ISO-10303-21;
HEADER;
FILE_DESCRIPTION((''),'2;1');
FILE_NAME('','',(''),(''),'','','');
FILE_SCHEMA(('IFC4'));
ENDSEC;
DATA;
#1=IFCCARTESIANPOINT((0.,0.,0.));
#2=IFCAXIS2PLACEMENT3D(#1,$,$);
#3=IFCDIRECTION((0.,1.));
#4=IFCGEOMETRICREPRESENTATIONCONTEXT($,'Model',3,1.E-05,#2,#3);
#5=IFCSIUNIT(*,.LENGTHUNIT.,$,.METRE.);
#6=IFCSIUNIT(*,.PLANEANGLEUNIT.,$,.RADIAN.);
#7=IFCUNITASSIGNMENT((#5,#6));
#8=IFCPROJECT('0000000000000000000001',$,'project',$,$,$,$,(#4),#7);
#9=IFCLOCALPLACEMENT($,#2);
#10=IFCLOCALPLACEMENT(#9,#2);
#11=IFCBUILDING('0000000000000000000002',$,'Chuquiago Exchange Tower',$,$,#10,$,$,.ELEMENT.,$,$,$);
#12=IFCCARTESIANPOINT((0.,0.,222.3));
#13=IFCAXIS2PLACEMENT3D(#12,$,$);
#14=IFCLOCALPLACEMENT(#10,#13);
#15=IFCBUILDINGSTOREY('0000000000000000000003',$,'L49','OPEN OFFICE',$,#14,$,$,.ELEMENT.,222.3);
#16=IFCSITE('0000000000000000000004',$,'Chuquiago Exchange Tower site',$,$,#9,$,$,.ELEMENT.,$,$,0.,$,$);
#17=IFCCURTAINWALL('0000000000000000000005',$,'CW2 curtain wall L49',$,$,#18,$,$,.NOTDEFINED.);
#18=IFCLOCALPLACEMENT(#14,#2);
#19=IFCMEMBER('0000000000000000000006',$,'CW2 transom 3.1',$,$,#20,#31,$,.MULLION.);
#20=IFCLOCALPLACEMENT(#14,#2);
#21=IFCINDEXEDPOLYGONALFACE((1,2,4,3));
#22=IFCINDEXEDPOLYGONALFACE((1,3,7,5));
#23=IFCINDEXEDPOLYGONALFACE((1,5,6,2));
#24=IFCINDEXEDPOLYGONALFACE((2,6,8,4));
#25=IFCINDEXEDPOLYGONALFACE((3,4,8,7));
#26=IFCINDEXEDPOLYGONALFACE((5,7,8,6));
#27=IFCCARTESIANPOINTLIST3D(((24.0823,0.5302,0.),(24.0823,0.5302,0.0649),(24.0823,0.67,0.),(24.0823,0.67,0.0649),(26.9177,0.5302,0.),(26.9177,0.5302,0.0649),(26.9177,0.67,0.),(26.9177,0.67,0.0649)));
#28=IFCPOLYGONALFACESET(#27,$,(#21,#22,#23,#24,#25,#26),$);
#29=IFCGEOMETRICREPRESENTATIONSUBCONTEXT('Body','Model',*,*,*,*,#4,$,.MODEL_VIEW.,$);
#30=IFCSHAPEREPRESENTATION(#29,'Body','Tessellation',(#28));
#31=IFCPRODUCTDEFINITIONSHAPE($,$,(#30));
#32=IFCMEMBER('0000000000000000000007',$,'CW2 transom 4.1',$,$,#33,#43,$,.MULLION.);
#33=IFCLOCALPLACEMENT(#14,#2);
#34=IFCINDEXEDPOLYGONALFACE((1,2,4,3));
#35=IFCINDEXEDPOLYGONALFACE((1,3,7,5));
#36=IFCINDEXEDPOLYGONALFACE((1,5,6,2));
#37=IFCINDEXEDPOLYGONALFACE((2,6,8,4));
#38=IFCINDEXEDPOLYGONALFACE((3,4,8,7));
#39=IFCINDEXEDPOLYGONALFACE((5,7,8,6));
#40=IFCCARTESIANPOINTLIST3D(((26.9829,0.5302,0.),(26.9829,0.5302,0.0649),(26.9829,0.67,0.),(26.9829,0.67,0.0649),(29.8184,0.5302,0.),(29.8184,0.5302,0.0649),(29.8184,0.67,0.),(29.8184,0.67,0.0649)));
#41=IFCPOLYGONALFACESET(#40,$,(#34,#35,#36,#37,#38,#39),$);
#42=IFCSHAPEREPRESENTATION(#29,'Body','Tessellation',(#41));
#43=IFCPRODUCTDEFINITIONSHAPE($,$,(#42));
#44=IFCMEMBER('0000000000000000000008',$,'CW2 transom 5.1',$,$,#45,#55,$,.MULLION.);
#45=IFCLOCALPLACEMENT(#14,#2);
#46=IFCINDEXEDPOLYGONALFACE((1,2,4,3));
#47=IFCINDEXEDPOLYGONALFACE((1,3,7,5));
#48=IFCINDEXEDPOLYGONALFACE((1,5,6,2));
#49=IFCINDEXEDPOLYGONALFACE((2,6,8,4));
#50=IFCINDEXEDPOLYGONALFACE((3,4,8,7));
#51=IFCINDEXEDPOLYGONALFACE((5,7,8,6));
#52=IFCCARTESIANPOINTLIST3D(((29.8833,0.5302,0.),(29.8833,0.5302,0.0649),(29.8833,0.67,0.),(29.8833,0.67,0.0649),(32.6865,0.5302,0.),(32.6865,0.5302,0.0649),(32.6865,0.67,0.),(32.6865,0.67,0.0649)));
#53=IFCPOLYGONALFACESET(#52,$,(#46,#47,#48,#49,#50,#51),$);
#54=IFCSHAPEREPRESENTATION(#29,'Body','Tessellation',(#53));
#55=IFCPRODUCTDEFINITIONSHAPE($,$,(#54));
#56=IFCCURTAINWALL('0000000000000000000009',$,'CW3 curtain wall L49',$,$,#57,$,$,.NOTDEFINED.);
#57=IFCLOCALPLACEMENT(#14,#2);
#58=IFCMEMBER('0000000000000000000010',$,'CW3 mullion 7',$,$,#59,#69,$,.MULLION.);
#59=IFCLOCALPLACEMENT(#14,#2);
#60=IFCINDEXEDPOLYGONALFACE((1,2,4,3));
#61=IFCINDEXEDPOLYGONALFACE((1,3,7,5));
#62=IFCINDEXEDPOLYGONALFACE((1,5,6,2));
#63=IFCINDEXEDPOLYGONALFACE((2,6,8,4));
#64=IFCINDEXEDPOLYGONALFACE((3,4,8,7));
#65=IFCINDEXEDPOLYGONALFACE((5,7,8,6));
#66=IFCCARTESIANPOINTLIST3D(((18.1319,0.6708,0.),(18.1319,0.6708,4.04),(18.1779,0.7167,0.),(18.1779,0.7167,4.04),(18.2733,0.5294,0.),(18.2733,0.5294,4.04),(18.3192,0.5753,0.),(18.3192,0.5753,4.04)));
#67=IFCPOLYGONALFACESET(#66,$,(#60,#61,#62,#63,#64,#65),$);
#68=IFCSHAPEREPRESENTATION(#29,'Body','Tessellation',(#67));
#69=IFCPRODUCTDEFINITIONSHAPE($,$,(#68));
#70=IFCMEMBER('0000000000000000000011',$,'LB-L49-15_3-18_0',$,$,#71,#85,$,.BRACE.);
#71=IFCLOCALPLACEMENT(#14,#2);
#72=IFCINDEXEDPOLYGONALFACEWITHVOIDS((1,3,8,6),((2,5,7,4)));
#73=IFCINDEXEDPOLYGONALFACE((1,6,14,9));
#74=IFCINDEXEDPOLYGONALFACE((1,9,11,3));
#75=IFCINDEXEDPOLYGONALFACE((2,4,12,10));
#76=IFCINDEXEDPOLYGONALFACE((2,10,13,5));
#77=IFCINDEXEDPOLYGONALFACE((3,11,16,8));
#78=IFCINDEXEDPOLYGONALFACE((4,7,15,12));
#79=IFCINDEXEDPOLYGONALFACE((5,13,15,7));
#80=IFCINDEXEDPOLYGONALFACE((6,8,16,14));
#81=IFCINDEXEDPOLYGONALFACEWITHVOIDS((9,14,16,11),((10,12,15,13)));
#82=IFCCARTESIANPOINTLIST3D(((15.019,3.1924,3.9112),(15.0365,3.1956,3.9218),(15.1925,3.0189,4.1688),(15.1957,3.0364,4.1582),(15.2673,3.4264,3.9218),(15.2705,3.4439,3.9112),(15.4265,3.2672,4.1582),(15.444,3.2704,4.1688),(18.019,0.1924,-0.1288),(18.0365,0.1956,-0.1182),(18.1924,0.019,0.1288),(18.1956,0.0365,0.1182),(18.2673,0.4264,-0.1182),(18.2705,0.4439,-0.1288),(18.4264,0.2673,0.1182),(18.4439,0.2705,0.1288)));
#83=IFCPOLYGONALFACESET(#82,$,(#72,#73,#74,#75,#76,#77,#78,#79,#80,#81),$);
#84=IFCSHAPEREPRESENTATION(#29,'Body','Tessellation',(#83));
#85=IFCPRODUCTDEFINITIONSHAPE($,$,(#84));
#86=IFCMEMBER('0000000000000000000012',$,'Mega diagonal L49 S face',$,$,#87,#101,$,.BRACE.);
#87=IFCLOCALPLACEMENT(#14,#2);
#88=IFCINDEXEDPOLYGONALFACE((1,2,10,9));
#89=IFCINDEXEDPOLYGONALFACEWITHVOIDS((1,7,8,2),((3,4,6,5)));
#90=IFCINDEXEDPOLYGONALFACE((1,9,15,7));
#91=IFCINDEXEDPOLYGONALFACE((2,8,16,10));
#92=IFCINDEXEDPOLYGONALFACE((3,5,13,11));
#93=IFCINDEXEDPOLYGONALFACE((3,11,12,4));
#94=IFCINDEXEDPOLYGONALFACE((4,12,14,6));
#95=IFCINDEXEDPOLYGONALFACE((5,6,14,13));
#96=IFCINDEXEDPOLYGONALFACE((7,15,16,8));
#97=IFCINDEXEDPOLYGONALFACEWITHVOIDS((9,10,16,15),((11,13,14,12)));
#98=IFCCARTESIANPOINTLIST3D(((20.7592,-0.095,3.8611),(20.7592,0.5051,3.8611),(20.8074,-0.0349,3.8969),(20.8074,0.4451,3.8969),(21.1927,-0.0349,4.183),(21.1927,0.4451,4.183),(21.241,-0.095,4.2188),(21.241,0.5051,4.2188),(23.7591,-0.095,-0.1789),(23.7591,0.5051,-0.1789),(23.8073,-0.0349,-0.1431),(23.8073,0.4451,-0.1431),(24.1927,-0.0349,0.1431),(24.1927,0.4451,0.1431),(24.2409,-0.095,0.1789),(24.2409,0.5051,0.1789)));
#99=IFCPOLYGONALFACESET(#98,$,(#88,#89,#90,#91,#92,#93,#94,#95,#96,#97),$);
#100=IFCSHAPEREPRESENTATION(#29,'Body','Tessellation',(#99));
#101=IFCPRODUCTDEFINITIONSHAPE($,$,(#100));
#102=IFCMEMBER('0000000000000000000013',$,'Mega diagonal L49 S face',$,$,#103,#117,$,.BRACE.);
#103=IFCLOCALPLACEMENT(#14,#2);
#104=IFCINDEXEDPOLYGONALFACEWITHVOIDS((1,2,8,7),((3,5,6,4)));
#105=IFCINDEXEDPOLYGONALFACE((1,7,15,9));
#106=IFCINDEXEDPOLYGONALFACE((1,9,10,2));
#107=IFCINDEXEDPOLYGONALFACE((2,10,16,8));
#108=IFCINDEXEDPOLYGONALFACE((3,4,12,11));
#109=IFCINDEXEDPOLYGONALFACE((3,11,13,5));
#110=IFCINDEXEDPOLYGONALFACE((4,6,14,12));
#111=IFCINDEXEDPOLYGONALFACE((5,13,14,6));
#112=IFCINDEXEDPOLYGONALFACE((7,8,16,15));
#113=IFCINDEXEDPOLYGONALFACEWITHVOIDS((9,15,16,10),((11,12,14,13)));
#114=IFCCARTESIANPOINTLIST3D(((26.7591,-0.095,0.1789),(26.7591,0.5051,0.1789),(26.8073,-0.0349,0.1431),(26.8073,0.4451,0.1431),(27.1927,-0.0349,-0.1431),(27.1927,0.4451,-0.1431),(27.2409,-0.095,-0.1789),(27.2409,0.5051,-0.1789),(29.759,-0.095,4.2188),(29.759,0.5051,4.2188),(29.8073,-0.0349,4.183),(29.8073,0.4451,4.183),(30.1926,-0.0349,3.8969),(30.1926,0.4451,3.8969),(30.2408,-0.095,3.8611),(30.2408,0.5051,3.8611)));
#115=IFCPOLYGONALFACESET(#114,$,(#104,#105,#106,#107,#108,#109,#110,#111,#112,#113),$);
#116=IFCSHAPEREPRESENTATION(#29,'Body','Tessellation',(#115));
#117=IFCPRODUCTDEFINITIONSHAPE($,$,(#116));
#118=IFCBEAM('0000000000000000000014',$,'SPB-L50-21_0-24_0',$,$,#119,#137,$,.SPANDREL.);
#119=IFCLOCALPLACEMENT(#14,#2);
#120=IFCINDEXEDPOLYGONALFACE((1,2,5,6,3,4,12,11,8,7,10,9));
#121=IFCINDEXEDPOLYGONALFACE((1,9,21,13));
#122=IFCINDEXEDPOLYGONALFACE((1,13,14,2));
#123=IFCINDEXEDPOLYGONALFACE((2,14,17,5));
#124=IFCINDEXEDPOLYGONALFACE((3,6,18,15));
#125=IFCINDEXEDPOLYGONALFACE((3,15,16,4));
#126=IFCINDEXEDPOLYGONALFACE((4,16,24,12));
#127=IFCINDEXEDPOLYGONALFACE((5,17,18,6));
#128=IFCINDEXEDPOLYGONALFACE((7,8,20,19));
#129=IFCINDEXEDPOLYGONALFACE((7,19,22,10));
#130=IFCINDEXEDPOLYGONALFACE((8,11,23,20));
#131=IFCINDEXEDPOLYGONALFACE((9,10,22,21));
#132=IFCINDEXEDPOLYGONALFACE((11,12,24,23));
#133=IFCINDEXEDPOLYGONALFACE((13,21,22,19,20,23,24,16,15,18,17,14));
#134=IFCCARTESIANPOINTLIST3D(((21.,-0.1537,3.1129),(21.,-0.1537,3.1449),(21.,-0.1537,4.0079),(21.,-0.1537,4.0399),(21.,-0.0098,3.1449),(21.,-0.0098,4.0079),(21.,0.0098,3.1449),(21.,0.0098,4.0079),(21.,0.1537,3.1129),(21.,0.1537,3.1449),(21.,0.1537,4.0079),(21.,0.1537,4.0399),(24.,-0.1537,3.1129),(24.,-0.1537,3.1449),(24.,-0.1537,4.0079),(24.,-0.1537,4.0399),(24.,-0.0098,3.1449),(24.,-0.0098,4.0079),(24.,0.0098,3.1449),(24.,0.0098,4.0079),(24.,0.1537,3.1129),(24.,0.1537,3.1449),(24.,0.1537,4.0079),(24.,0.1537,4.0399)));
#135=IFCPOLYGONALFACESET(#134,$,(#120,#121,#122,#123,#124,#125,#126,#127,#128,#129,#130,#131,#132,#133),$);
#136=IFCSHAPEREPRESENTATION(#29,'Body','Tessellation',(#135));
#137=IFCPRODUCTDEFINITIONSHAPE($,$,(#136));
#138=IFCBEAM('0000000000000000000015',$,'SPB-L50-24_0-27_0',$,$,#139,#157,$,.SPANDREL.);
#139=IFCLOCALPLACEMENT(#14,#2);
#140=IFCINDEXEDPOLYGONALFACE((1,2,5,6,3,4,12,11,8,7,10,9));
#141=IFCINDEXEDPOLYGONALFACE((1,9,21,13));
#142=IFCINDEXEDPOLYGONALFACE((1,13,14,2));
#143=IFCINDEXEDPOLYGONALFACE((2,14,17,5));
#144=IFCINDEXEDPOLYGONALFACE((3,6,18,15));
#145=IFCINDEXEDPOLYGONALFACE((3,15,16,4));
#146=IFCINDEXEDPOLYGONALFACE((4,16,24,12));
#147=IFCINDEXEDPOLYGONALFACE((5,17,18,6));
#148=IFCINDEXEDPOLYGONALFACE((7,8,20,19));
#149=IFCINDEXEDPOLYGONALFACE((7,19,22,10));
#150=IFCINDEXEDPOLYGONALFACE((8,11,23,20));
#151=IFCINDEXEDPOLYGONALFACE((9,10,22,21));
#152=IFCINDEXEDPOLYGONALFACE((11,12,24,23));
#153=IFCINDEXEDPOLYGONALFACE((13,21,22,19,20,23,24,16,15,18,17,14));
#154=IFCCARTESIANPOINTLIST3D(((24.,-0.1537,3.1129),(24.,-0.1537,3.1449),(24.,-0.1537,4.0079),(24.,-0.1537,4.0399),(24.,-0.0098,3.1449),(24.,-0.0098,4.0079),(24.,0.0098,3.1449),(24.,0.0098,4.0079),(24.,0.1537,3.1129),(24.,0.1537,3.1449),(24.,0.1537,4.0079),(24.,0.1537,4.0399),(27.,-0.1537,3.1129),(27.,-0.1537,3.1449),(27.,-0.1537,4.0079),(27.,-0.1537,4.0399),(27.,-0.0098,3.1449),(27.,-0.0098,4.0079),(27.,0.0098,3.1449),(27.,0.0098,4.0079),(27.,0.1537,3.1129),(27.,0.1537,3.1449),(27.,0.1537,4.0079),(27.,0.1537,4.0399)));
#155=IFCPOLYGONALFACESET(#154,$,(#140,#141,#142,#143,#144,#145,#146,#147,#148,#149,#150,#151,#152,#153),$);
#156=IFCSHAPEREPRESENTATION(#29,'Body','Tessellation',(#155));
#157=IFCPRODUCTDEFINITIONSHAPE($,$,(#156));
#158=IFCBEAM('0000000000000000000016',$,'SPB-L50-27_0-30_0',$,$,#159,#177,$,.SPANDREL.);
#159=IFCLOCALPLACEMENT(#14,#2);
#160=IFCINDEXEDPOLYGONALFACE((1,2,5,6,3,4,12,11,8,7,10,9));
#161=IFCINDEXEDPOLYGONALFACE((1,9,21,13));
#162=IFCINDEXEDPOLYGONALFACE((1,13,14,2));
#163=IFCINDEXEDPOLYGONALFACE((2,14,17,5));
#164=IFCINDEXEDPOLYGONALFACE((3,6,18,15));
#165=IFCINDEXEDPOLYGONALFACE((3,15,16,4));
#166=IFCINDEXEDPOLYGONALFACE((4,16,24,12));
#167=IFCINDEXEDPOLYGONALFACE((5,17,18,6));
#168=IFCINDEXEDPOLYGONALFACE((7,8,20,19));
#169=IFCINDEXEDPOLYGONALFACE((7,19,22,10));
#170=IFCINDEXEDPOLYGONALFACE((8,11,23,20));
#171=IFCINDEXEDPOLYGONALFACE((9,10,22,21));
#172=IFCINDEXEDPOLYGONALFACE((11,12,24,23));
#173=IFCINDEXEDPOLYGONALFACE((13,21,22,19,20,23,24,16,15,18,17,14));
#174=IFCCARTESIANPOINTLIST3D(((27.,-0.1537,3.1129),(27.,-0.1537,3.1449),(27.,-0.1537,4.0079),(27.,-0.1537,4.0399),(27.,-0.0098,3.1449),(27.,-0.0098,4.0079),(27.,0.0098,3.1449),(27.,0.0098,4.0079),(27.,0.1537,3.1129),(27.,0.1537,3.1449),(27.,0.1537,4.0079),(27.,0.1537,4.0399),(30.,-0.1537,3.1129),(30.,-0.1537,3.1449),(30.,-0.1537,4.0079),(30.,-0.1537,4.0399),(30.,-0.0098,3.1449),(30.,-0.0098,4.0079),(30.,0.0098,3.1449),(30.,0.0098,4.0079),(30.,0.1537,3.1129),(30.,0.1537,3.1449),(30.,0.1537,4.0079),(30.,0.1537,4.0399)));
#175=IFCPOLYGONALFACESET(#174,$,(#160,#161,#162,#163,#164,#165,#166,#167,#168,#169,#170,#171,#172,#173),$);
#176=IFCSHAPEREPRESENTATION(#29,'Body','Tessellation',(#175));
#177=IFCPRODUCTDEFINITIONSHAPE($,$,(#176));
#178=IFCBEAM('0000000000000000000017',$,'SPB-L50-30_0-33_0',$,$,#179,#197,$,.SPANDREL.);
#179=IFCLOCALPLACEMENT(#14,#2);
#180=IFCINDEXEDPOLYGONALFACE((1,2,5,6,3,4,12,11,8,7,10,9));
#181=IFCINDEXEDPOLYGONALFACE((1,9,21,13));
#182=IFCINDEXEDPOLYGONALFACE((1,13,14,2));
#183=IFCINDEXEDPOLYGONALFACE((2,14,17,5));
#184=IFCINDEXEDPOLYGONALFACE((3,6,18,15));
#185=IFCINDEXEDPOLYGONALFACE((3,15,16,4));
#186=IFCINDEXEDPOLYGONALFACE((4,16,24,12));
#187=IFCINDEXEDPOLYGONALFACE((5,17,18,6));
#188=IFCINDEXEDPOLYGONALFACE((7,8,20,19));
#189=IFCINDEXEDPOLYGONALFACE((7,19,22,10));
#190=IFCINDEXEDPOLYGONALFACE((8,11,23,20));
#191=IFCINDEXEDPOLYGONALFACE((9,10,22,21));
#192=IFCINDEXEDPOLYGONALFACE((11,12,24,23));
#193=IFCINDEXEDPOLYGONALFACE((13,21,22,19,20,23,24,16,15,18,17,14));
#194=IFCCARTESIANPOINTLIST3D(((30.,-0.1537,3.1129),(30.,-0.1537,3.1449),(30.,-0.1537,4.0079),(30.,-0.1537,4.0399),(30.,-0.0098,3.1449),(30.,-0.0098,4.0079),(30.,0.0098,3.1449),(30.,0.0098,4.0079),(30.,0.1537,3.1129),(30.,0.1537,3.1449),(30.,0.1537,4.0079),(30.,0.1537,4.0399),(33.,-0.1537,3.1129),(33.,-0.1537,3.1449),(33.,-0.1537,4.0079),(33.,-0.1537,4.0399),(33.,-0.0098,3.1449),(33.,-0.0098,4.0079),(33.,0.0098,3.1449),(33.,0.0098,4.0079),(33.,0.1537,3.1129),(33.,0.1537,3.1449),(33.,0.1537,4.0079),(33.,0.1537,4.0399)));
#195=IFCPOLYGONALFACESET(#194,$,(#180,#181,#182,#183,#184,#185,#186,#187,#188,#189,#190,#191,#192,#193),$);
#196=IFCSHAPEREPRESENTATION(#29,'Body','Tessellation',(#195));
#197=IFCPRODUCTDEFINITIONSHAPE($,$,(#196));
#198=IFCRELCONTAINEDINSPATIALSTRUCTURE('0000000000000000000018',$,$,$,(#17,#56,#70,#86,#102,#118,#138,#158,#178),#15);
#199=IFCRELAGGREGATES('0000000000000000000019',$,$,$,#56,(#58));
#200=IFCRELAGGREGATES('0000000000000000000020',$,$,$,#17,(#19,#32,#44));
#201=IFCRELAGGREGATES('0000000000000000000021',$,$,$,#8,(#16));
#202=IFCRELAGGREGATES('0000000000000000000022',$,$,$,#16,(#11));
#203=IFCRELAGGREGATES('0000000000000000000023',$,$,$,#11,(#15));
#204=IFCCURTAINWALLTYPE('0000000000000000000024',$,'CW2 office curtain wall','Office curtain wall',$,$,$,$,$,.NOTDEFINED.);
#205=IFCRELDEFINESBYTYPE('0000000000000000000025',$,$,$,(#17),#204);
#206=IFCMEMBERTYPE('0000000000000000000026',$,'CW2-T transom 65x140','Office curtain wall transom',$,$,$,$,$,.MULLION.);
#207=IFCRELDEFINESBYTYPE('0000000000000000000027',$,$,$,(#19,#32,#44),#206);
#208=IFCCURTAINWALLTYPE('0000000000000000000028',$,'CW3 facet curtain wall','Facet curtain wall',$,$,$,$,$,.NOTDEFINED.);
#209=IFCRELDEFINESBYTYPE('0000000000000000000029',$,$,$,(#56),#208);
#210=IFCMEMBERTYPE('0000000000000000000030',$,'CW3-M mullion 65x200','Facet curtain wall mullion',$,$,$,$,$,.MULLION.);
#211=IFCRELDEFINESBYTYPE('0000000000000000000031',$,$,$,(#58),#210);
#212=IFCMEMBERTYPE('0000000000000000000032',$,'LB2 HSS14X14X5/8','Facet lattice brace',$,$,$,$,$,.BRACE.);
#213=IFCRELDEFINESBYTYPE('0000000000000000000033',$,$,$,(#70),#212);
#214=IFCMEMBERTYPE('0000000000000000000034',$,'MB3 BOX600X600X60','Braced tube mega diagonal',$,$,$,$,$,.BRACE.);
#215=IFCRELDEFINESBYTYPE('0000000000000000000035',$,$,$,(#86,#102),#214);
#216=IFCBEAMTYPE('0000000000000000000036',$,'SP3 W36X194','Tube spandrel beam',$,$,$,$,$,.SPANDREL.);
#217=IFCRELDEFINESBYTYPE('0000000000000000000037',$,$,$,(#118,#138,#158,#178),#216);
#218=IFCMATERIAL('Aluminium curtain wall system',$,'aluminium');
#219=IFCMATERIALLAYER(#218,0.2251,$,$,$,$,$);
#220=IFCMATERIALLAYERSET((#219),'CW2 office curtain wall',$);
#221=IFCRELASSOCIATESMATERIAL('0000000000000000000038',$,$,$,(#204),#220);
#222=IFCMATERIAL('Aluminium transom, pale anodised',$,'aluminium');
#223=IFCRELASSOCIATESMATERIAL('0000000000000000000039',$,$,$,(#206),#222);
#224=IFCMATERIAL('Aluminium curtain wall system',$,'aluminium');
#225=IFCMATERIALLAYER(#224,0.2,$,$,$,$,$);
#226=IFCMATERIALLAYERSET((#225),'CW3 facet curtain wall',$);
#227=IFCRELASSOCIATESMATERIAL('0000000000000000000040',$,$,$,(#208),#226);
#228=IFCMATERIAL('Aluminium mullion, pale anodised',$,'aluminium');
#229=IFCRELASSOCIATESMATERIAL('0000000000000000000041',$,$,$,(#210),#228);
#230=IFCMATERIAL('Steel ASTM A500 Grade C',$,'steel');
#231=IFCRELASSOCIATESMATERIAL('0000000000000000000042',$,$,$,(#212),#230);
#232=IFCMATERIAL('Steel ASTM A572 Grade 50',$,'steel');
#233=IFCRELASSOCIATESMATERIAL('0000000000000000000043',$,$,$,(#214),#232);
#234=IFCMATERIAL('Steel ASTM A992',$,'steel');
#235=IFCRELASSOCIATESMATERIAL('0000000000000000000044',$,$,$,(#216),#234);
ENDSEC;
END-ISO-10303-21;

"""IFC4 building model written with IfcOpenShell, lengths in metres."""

from ifc_helpers import new_model, si_unit, direction, frame, origin, origin_2d, place, context, subcontext, project, spatial, rectangle, hollow_rectangle, i_section, extrude, material, layer, layer_set, material_profile, profile_set, type_object, element, aggregate, save


model = new_model("IFC4")

# Units and contexts
model_context = context("Model", 3, precision=1e-05, world=origin(), true_north=direction((0.0, 1.0)))
body_context = subcontext(model_context, "Body", "Model", "MODEL_VIEW")
ifc_project = project(units=[si_unit("LENGTHUNIT", "METRE"), si_unit("PLANEANGLEUNIT", "RADIAN")], contexts=[model_context])

# Site, building, storey
site_placement = place(None, origin())
site = spatial("IfcSite", under=ifc_project, at=site_placement, Name="Chuquiago Exchange Tower site", CompositionType="ELEMENT", RefElevation=0.0)
building_placement = place(site_placement, origin())
building = spatial("IfcBuilding", under=site, at=building_placement, Name="Chuquiago Exchange Tower", CompositionType="ELEMENT")
storey_placement = place(building_placement, frame((0.0, 0.0, 222.3)))
storey = spatial("IfcBuildingStorey", under=building, at=storey_placement, Name="L49", Description="OPEN OFFICE", CompositionType="ELEMENT", Elevation=222.3)

# Curtain wall, members
ifc_material_1 = material(Name="Aluminium curtain wall system", Category="aluminium")
ifc_layer_1 = layer(ifc_material_1, 0.2251)
ifc_layer_set_1 = layer_set([ifc_layer_1], Name="CW2 office curtain wall")
curtain_wall_type_1 = type_object("IfcCurtainWallType", Name="CW2 office curtain wall", Description="Office curtain wall", PredefinedType="NOTDEFINED", material=ifc_layer_set_1)
curtain_wall_1_placement = place(storey_placement, origin())
curtain_wall_1 = element("IfcCurtainWall", 1, at=curtain_wall_1_placement, inside=storey, type_object=curtain_wall_type_1, Name="CW2 curtain wall L49", PredefinedType="NOTDEFINED")
ifc_material_2 = material(Name="Aluminium transom, pale anodised", Category="aluminium")
ifc_material_profile_1 = material_profile(ifc_material_2, rectangle(XDim=0.1399, YDim=0.0649, at=origin_2d()), Name="AL 140x65")
ifc_profile_set_1 = profile_set([ifc_material_profile_1], Name="Aluminium transom, pale anodised")
member_type_1 = type_object("IfcMemberType", Name="CW2-T transom 65x140", Description="Office curtain wall transom", PredefinedType="MULLION", material=ifc_profile_set_1)
member_1_placement = place(storey_placement, frame((24.0823, 0.6001, 0.0325), z_axis=(1.0, 0.0, 0.0), x_axis=(0.0, 1.0, 0.0)))
member_1 = element("IfcMember", 2, at=member_1_placement, type_object=member_type_1, Name="CW2 transom 3.1", PredefinedType="MULLION", context=body_context, shape_type="SweptSolid", body=[
    extrude(rectangle(XDim=0.1399, YDim=0.0649, at=origin_2d()), origin(), (0.0, 0.0, 1.0), 2.8354),
])
member_2_placement = place(storey_placement, frame((26.9829, 0.6001, 0.0325), z_axis=(1.0, 0.0, 0.0), x_axis=(0.0, 1.0, 0.0)))
member_2 = element("IfcMember", 3, at=member_2_placement, type_object=member_type_1, Name="CW2 transom 4.1", PredefinedType="MULLION", context=body_context, shape_type="SweptSolid", body=[
    extrude(rectangle(XDim=0.1399, YDim=0.0649, at=origin_2d()), origin(), (0.0, 0.0, 1.0), 2.8354),
])
member_3_placement = place(storey_placement, frame((29.8833, 0.6001, 0.0325), z_axis=(1.0, 0.0, 0.0), x_axis=(0.0, 1.0, 0.0)))
member_3 = element("IfcMember", 4, at=member_3_placement, type_object=member_type_1, Name="CW2 transom 5.1", PredefinedType="MULLION", context=body_context, shape_type="SweptSolid", body=[
    extrude(rectangle(XDim=0.1399, YDim=0.0649, at=origin_2d()), origin(), (0.0, 0.0, 1.0), 2.8032),
])

# Curtain wall, member
ifc_material_3 = material(Name="Aluminium curtain wall system", Category="aluminium")
ifc_layer_2 = layer(ifc_material_3, 0.2)
ifc_layer_set_2 = layer_set([ifc_layer_2], Name="CW3 facet curtain wall")
curtain_wall_type_2 = type_object("IfcCurtainWallType", Name="CW3 facet curtain wall", Description="Facet curtain wall", PredefinedType="NOTDEFINED", material=ifc_layer_set_2)
curtain_wall_2_placement = place(storey_placement, origin())
curtain_wall_2 = element("IfcCurtainWall", 5, at=curtain_wall_2_placement, inside=storey, type_object=curtain_wall_type_2, Name="CW3 curtain wall L49", PredefinedType="NOTDEFINED")
ifc_material_4 = material(Name="Aluminium mullion, pale anodised", Category="aluminium")
ifc_material_profile_2 = material_profile(ifc_material_4, rectangle(XDim=0.0649, YDim=0.2, at=origin_2d()), Name="AL 65x200")
ifc_profile_set_2 = profile_set([ifc_material_profile_2], Name="Aluminium mullion, pale anodised")
member_type_2 = type_object("IfcMemberType", Name="CW3-M mullion 65x200", Description="Facet curtain wall mullion", PredefinedType="MULLION", material=ifc_profile_set_2)
member_4_placement = place(storey_placement, frame((18.2256, 0.623, 0.0), z_axis=(0.0, 0.0, 1.0), x_axis=(0.707107, 0.707107, 0.0)))
member_4 = element("IfcMember", 6, at=member_4_placement, type_object=member_type_2, Name="CW3 mullion 7", PredefinedType="MULLION", context=body_context, shape_type="SweptSolid", body=[
    extrude(rectangle(XDim=0.0649, YDim=0.2, at=origin_2d()), origin(), (0.0, 0.0, 1.0), 4.04),
])
aggregate(curtain_wall_2, [member_4])

# Members
ifc_material_5 = material(Name="Steel ASTM A500 Grade C", Category="steel")
ifc_material_profile_3 = material_profile(ifc_material_5, hollow_rectangle(XDim=0.3557, YDim=0.3557, WallThickness=0.0146, at=origin_2d()), Name="HSS14X14X5/8")
ifc_profile_set_3 = profile_set([ifc_material_profile_3], Name="Steel ASTM A500 Grade C")
member_type_3 = type_object("IfcMemberType", Name="LB2 HSS14X14X5/8", Description="Facet lattice brace", PredefinedType="BRACE", material=ifc_profile_set_3)
member_5_placement = place(storey_placement, frame((18.2314, 0.2314, 0.0), z_axis=(-0.512077, 0.512077, 0.689604), x_axis=(-0.707107, -0.707107, 0.0)))
element("IfcMember", 7, at=member_5_placement, inside=storey, type_object=member_type_3, Name="LB-L49-15_3-18_0", PredefinedType="BRACE", context=body_context, shape_type="SweptSolid", body=[
    extrude(hollow_rectangle(XDim=0.3557, YDim=0.3557, WallThickness=0.0146, at=origin_2d()), origin(), (0.0, 0.0, 1.0), 5.8584),
])
ifc_material_6 = material(Name="Steel ASTM A572 Grade 50", Category="steel")
ifc_material_profile_4 = material_profile(ifc_material_6, hollow_rectangle(XDim=0.6001, YDim=0.6001, WallThickness=0.0601, at=origin_2d()), Name="BOX600X600X60")
ifc_profile_set_4 = profile_set([ifc_material_profile_4], Name="Steel ASTM A572 Grade 50")
member_type_4 = type_object("IfcMemberType", Name="MB3 BOX600X600X60", Description="Braced tube mega diagonal", PredefinedType="BRACE", material=ifc_profile_set_4)
for number, where, z_axis, x_axis, name in (
    (8, (24.0, 0.2051, 0.0), (-0.596174, 0.0, 0.802855), (0.0, -1.0, 0.0), "Mega diagonal L49 S face"),
    (9, (27.0, 0.2051, 0.0), (0.596174, 0.0, 0.802855), (0.0, 1.0, 0.0), "Mega diagonal L49 S face"),
):
    element("IfcMember", number, at=place(storey_placement, frame(where, z_axis=z_axis, x_axis=x_axis)), inside=storey, type_object=member_type_4, Name=name, PredefinedType="BRACE", context=body_context, shape_type="SweptSolid", body=[
        extrude(hollow_rectangle(XDim=0.6001, YDim=0.6001, WallThickness=0.0601, at=origin_2d()), origin(), (0.0, 0.0, 1.0), 5.032),
    ])

# Beams
ifc_material_7 = material(Name="Steel ASTM A992", Category="steel")
ifc_material_profile_5 = material_profile(ifc_material_7, i_section(OverallWidth=0.3074, OverallDepth=0.927, WebThickness=0.0195, FlangeThickness=0.032, at=origin_2d()), Name="W36X194")
ifc_profile_set_5 = profile_set([ifc_material_profile_5], Name="Steel ASTM A992")
beam_type = type_object("IfcBeamType", Name="SP3 W36X194", Description="Tube spandrel beam", PredefinedType="SPANDREL", material=ifc_profile_set_5)
for number, where, z_axis, x_axis, name in (
    (10, (21.0, 0.0, 3.5764), (1.0, 0.0, 0.0), (0.0, 1.0, 0.0), "SPB-L50-21_0-24_0"),
    (11, (24.0, 0.0, 3.5764), (1.0, 0.0, 0.0), (0.0, 1.0, 0.0), "SPB-L50-24_0-27_0"),
    (12, (27.0, 0.0, 3.5764), (1.0, 0.0, 0.0), (0.0, 1.0, 0.0), "SPB-L50-27_0-30_0"),
    (13, (30.0, 0.0, 3.5764), (1.0, 0.0, 0.0), (0.0, 1.0, 0.0), "SPB-L50-30_0-33_0"),
):
    element("IfcBeam", number, at=place(storey_placement, frame(where, z_axis=z_axis, x_axis=x_axis)), inside=storey, type_object=beam_type, Name=name, PredefinedType="SPANDREL", context=body_context, shape_type="SweptSolid", body=[
        extrude(i_section(OverallWidth=0.3074, OverallDepth=0.927, WebThickness=0.0195, FlangeThickness=0.032, at=origin_2d()), origin(), (0.0, 0.0, 1.0), 3.0),
    ])

aggregate(curtain_wall_1, [member_1, member_2, member_3])

save(model, "model.ifc")
